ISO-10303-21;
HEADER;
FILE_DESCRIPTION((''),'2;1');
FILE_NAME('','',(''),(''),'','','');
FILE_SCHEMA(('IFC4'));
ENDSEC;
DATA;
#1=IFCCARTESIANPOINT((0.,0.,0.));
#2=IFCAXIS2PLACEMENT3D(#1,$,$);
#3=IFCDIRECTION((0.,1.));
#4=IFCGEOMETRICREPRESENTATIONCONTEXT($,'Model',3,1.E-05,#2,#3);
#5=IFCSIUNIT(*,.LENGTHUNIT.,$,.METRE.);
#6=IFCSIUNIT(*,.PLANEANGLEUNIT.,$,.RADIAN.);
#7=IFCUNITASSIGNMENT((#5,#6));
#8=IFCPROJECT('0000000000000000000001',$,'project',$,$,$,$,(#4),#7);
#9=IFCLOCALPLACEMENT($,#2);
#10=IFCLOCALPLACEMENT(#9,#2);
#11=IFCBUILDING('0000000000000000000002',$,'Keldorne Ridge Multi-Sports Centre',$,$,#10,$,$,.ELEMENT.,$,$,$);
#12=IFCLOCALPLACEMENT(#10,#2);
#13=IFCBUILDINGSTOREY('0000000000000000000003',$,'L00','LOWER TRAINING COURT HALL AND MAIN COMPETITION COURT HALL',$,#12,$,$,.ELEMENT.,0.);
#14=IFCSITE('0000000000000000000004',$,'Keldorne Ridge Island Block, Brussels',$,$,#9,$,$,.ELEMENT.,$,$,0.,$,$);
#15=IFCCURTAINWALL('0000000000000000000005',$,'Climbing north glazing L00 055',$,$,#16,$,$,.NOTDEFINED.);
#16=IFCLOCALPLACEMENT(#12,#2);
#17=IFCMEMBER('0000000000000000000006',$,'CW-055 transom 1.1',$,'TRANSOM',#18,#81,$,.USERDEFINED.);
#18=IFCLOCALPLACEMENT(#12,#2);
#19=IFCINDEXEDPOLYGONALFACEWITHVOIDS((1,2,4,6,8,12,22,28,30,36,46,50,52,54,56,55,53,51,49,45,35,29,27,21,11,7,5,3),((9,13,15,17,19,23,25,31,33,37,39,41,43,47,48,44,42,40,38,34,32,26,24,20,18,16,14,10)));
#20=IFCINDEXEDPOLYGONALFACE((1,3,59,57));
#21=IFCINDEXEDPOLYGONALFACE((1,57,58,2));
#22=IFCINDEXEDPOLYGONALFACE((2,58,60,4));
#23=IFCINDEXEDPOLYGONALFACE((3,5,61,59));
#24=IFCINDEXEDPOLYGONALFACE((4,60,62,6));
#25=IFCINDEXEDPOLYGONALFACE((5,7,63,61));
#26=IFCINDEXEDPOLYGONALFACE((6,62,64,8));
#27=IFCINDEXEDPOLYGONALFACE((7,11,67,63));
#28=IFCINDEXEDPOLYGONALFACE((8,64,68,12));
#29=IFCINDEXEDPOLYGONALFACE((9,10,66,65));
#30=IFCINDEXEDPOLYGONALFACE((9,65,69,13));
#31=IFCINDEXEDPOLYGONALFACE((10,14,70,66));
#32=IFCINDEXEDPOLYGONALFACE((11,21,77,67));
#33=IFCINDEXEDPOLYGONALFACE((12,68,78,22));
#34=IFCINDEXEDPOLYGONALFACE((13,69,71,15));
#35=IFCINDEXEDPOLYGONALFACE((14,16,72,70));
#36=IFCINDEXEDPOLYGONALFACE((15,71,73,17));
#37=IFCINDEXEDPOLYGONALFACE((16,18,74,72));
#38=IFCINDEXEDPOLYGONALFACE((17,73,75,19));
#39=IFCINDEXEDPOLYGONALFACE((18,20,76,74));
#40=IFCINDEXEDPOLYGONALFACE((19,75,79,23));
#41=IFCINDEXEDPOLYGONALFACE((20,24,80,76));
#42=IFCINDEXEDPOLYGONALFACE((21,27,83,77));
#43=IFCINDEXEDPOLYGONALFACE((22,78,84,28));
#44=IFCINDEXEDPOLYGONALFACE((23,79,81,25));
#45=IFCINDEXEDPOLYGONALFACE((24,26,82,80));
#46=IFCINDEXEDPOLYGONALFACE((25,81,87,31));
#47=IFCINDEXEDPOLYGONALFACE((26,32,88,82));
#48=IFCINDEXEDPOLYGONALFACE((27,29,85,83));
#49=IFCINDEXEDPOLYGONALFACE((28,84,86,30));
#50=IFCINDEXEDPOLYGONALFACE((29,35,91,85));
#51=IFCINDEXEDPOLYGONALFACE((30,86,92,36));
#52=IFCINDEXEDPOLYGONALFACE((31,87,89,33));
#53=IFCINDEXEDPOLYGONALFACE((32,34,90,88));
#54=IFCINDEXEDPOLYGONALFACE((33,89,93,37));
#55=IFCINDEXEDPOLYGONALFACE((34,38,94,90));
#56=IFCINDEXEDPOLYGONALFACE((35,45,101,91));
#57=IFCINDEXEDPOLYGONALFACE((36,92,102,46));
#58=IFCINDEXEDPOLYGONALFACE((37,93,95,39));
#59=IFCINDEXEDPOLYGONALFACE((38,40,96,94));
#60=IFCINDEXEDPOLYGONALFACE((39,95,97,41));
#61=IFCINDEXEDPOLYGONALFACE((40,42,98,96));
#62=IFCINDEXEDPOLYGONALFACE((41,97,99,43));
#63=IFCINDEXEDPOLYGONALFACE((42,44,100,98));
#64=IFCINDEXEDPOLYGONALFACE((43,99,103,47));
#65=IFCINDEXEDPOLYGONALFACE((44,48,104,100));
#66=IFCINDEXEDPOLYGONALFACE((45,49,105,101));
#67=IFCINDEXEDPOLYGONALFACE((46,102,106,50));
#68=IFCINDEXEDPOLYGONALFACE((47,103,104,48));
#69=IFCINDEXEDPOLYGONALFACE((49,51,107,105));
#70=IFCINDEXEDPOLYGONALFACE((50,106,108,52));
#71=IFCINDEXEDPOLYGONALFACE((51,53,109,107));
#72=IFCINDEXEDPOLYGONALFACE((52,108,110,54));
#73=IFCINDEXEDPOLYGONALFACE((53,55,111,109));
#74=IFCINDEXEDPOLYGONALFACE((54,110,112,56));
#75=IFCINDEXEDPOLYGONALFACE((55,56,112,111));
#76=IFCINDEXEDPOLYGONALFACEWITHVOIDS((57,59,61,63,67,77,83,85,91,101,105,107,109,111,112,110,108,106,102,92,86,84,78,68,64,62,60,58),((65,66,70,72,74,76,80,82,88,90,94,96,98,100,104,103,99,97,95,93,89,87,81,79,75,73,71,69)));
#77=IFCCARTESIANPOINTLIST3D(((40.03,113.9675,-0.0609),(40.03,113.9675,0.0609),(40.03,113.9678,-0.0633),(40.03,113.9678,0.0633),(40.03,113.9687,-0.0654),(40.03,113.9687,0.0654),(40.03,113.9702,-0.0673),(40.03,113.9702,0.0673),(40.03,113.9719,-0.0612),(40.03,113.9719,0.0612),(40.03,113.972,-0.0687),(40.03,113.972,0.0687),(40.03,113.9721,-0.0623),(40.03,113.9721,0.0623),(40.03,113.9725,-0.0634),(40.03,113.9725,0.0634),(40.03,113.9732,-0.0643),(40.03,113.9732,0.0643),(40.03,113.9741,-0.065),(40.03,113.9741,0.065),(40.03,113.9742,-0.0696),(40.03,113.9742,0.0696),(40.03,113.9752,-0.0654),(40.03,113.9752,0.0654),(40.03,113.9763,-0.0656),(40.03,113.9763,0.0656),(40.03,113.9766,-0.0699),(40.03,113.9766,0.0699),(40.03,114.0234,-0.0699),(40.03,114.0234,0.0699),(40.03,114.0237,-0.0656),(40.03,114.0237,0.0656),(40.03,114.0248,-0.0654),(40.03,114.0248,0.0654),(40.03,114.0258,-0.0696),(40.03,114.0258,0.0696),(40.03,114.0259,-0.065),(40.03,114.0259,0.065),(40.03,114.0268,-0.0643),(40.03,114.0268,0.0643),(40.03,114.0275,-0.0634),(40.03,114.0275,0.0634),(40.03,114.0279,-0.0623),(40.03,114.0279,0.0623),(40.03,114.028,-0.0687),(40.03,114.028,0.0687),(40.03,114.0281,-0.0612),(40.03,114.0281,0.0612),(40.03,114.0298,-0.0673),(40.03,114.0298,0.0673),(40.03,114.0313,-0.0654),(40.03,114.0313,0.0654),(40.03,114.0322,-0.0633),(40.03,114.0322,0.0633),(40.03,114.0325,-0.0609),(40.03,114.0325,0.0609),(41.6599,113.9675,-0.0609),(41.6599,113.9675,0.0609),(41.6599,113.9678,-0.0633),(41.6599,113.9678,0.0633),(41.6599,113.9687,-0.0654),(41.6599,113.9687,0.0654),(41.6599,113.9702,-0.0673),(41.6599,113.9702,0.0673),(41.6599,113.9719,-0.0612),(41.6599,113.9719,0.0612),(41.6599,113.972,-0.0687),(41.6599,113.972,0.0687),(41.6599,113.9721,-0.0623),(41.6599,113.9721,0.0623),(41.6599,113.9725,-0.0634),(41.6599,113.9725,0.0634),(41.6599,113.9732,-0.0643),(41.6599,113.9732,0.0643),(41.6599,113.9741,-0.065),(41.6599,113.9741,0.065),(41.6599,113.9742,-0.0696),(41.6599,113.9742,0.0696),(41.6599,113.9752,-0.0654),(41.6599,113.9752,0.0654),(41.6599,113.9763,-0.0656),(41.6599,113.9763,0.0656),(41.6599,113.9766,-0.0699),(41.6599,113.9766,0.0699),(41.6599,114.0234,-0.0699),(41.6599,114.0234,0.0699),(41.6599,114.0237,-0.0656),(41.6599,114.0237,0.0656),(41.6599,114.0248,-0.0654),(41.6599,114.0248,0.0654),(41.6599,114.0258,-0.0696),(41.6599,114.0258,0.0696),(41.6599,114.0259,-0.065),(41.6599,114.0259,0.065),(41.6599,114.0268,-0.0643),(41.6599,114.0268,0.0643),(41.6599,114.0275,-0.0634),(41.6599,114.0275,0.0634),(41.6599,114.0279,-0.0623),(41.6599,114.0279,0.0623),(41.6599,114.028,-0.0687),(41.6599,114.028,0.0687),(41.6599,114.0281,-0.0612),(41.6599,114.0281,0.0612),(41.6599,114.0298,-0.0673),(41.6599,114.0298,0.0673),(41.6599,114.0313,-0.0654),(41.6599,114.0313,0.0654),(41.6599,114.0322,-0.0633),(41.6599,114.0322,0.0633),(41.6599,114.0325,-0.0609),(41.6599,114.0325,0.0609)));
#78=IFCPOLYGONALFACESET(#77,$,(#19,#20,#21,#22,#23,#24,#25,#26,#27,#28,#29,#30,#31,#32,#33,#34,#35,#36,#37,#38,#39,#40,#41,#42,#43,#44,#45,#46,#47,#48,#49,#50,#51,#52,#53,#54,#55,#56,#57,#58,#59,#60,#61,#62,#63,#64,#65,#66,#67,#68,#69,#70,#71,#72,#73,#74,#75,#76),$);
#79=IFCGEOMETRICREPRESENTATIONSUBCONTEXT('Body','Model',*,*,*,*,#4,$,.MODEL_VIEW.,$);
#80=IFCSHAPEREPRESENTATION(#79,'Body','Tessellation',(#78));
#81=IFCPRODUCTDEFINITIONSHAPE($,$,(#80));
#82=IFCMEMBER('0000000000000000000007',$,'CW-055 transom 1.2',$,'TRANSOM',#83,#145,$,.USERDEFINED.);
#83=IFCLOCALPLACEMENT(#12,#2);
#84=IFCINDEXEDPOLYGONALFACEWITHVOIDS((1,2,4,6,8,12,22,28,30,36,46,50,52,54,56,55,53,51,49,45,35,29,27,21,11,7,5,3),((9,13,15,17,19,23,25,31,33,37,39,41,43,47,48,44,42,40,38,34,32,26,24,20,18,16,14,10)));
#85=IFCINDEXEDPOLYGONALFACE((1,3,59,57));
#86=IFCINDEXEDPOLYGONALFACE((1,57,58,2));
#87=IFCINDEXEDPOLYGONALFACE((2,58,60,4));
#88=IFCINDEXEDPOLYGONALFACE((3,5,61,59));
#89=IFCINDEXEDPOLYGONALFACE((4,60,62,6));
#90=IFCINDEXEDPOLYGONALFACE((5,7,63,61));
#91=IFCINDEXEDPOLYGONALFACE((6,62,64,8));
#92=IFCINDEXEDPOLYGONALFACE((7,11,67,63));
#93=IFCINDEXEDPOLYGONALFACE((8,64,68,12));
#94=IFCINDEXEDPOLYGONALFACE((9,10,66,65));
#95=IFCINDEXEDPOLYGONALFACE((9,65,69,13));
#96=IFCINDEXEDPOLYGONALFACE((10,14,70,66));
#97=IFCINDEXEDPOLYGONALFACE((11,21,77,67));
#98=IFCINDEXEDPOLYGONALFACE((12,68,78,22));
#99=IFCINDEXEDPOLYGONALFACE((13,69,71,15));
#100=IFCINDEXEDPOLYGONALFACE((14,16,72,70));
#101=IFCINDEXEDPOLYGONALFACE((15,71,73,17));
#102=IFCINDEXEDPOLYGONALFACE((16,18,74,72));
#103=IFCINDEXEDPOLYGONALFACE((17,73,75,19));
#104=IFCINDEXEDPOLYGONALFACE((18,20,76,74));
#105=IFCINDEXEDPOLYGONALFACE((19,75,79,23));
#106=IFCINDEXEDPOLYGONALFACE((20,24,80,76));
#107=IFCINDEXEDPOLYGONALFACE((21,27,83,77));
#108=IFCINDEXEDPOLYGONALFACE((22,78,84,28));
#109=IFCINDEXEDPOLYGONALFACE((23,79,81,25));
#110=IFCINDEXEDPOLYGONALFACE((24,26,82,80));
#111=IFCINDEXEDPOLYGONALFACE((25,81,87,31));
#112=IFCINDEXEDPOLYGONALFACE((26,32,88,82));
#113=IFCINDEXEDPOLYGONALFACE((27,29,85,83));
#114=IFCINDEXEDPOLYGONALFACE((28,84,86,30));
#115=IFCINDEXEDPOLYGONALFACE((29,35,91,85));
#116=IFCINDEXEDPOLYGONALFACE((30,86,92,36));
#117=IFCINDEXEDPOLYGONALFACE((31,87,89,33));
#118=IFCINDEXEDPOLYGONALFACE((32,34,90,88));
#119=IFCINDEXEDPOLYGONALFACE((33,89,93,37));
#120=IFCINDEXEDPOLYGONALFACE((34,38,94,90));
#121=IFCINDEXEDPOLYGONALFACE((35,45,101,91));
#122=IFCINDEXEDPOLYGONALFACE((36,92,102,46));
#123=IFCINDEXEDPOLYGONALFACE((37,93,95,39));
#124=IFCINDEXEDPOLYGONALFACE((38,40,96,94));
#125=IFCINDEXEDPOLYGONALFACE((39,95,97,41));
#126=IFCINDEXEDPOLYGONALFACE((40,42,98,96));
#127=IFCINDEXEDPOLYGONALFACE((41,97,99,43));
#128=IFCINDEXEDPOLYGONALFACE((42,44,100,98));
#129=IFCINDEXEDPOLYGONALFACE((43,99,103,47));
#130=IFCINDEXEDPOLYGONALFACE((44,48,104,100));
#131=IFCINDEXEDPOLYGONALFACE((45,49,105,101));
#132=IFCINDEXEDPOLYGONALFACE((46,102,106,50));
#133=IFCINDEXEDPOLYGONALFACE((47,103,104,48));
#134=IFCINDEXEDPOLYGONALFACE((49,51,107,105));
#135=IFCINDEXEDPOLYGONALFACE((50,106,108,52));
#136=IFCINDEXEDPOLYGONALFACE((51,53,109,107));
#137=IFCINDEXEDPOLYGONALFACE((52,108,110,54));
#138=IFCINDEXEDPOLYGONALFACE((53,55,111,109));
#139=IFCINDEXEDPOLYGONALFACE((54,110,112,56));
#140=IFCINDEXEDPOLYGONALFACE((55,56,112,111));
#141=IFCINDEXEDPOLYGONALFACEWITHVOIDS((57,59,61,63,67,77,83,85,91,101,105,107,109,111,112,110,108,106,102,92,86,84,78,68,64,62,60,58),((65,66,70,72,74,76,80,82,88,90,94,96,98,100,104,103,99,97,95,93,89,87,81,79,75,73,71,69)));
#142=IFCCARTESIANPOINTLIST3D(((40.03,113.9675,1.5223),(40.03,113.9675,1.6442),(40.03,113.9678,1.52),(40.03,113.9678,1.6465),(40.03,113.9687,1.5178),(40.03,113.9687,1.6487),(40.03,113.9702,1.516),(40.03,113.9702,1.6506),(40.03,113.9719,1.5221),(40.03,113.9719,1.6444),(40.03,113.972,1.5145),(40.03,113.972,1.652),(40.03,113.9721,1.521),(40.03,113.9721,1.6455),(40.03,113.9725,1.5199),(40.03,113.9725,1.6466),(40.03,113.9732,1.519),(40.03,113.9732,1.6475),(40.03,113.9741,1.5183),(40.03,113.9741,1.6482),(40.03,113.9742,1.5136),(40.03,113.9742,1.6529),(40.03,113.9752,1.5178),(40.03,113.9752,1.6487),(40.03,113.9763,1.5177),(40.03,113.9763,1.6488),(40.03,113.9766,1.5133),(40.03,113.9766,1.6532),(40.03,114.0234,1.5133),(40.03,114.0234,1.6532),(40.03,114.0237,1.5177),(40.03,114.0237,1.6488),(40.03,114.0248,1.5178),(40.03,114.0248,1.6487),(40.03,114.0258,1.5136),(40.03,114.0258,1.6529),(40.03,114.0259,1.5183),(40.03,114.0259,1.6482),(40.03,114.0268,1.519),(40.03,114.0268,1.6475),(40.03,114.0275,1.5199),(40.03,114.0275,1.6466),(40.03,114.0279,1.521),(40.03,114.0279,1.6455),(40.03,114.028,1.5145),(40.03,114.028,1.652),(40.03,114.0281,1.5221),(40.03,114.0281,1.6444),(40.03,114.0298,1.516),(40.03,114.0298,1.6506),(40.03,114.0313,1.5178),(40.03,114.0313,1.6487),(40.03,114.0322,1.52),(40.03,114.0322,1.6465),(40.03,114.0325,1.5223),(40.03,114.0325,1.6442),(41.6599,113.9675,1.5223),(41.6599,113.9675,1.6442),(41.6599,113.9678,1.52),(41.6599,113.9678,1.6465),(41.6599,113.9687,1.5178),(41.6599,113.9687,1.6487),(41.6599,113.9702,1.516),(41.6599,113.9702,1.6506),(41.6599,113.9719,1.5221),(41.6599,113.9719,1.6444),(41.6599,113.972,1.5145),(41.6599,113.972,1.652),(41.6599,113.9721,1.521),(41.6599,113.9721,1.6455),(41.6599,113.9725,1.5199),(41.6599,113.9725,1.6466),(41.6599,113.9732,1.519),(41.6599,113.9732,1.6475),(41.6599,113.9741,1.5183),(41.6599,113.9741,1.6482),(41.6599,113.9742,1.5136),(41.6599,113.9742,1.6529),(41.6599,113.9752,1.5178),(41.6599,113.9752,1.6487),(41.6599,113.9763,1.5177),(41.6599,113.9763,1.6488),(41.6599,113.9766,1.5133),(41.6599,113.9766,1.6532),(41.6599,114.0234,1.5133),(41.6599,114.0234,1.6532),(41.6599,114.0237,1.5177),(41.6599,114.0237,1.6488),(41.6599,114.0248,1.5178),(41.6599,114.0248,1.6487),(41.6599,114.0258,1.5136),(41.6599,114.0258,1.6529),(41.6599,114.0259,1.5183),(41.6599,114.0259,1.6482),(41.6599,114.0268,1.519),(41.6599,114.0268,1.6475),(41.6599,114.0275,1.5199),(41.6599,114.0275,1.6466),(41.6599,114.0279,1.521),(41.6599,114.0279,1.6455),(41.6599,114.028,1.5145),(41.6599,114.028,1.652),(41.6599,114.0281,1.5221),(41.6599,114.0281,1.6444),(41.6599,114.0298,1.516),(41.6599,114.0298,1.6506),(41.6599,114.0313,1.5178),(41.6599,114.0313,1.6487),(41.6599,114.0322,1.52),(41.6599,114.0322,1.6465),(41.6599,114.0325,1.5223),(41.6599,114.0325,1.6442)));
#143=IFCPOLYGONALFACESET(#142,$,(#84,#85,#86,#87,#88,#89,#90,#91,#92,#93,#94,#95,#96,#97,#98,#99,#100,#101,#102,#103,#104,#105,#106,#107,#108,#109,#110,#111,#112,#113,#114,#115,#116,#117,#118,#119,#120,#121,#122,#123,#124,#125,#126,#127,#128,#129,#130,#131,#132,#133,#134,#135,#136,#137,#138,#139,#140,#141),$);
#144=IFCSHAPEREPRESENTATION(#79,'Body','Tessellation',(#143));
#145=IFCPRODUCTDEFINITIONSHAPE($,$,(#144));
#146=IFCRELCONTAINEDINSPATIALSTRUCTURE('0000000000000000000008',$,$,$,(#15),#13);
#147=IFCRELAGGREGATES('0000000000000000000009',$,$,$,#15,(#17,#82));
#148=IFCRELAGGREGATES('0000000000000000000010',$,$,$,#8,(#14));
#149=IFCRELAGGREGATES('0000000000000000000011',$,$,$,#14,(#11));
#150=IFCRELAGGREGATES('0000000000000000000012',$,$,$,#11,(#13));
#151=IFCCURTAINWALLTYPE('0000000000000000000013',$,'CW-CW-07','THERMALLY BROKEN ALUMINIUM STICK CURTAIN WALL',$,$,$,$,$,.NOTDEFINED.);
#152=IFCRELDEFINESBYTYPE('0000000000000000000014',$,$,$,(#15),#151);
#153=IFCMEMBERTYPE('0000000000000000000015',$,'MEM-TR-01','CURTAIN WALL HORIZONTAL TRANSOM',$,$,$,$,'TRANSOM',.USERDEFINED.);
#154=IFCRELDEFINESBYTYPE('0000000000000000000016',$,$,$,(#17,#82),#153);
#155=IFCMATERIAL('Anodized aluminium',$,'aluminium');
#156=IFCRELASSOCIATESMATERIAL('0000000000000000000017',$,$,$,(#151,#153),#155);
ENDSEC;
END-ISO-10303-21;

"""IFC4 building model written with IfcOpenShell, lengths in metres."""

from ifc_helpers import new_model, si_unit, direction, frame, origin, origin_2d, place, context, subcontext, project, spatial, hollow_rectangle, extrude, material, material_profile, profile_set, type_object, element, aggregate, save


model = new_model("IFC4")

# Units and contexts
model_context = context("Model", 3, precision=1e-05, world=origin(), true_north=direction((0.0, 1.0)))
body_context = subcontext(model_context, "Body", "Model", "MODEL_VIEW")
ifc_project = project(units=[si_unit("LENGTHUNIT", "METRE"), si_unit("PLANEANGLEUNIT", "RADIAN")], contexts=[model_context])

# Site, building, storey
site_placement = place(None, origin())
site = spatial("IfcSite", under=ifc_project, at=site_placement, Name="Keldorne Ridge Island Block, Brussels", CompositionType="ELEMENT", RefElevation=0.0)
building_placement = place(site_placement, origin())
building = spatial("IfcBuilding", under=site, at=building_placement, Name="Keldorne Ridge Multi-Sports Centre", CompositionType="ELEMENT")
storey_placement = place(building_placement, origin())
storey = spatial("IfcBuildingStorey", under=building, at=storey_placement, Name="L00", Description="LOWER TRAINING COURT HALL AND MAIN COMPETITION COURT HALL", CompositionType="ELEMENT", Elevation=0.0)

# Curtain wall, members
ifc_material_1 = material(Name="Anodized aluminium", Category="aluminium")
curtain_wall_type = type_object("IfcCurtainWallType", Name="CW-CW-07", Description="THERMALLY BROKEN ALUMINIUM STICK CURTAIN WALL", PredefinedType="NOTDEFINED", material=ifc_material_1)
curtain_wall_placement = place(storey_placement, origin())
curtain_wall = element("IfcCurtainWall", 1, at=curtain_wall_placement, inside=storey, type_object=curtain_wall_type, Name="Climbing north glazing L00 055", PredefinedType="NOTDEFINED")
ifc_material_profile_1 = material_profile(ifc_material_1, hollow_rectangle(XDim=0.0649, YDim=0.1399, WallThickness=0.0044, InnerFilletRadius=0.0044, OuterFilletRadius=0.009, at=origin_2d()), Name="ALU TRANSOM 140x65x4.5")
ifc_profile_set_1 = profile_set([ifc_material_profile_1], Name="Anodized aluminium")
member_type_1 = type_object("IfcMemberType", Name="MEM-TR-01", Description="CURTAIN WALL HORIZONTAL TRANSOM", ElementType="TRANSOM", PredefinedType="USERDEFINED", material=ifc_profile_set_1)
member_1_placement = place(storey_placement, frame((41.6599, 114.0, 0.0), z_axis=(-1.0, 0.0, 0.0), x_axis=(0.0, -1.0, 0.0)))
member_1 = element("IfcMember", 2, at=member_1_placement, type_object=member_type_1, Name="CW-055 transom 1.1", ObjectType="TRANSOM", PredefinedType="USERDEFINED", context=body_context, shape_type="SweptSolid", body=[
    extrude(hollow_rectangle(XDim=0.0649, YDim=0.1399, WallThickness=0.0044, InnerFilletRadius=0.0044, OuterFilletRadius=0.009, at=origin_2d()), origin(), (0.0, 0.0, 1.0), 1.6299),
])
member_2_placement = place(storey_placement, frame((41.6599, 114.0, 1.5833), z_axis=(-1.0, 0.0, 0.0), x_axis=(0.0, -1.0, 0.0)))
member_2 = element("IfcMember", 3, at=member_2_placement, type_object=member_type_1, Name="CW-055 transom 1.2", ObjectType="TRANSOM", PredefinedType="USERDEFINED", context=body_context, shape_type="SweptSolid", body=[
    extrude(hollow_rectangle(XDim=0.0649, YDim=0.1399, WallThickness=0.0044, InnerFilletRadius=0.0044, OuterFilletRadius=0.009, at=origin_2d()), origin(), (0.0, 0.0, 1.0), 1.6299),
])
aggregate(curtain_wall, [member_1, member_2])

save(model, "model.ifc")
